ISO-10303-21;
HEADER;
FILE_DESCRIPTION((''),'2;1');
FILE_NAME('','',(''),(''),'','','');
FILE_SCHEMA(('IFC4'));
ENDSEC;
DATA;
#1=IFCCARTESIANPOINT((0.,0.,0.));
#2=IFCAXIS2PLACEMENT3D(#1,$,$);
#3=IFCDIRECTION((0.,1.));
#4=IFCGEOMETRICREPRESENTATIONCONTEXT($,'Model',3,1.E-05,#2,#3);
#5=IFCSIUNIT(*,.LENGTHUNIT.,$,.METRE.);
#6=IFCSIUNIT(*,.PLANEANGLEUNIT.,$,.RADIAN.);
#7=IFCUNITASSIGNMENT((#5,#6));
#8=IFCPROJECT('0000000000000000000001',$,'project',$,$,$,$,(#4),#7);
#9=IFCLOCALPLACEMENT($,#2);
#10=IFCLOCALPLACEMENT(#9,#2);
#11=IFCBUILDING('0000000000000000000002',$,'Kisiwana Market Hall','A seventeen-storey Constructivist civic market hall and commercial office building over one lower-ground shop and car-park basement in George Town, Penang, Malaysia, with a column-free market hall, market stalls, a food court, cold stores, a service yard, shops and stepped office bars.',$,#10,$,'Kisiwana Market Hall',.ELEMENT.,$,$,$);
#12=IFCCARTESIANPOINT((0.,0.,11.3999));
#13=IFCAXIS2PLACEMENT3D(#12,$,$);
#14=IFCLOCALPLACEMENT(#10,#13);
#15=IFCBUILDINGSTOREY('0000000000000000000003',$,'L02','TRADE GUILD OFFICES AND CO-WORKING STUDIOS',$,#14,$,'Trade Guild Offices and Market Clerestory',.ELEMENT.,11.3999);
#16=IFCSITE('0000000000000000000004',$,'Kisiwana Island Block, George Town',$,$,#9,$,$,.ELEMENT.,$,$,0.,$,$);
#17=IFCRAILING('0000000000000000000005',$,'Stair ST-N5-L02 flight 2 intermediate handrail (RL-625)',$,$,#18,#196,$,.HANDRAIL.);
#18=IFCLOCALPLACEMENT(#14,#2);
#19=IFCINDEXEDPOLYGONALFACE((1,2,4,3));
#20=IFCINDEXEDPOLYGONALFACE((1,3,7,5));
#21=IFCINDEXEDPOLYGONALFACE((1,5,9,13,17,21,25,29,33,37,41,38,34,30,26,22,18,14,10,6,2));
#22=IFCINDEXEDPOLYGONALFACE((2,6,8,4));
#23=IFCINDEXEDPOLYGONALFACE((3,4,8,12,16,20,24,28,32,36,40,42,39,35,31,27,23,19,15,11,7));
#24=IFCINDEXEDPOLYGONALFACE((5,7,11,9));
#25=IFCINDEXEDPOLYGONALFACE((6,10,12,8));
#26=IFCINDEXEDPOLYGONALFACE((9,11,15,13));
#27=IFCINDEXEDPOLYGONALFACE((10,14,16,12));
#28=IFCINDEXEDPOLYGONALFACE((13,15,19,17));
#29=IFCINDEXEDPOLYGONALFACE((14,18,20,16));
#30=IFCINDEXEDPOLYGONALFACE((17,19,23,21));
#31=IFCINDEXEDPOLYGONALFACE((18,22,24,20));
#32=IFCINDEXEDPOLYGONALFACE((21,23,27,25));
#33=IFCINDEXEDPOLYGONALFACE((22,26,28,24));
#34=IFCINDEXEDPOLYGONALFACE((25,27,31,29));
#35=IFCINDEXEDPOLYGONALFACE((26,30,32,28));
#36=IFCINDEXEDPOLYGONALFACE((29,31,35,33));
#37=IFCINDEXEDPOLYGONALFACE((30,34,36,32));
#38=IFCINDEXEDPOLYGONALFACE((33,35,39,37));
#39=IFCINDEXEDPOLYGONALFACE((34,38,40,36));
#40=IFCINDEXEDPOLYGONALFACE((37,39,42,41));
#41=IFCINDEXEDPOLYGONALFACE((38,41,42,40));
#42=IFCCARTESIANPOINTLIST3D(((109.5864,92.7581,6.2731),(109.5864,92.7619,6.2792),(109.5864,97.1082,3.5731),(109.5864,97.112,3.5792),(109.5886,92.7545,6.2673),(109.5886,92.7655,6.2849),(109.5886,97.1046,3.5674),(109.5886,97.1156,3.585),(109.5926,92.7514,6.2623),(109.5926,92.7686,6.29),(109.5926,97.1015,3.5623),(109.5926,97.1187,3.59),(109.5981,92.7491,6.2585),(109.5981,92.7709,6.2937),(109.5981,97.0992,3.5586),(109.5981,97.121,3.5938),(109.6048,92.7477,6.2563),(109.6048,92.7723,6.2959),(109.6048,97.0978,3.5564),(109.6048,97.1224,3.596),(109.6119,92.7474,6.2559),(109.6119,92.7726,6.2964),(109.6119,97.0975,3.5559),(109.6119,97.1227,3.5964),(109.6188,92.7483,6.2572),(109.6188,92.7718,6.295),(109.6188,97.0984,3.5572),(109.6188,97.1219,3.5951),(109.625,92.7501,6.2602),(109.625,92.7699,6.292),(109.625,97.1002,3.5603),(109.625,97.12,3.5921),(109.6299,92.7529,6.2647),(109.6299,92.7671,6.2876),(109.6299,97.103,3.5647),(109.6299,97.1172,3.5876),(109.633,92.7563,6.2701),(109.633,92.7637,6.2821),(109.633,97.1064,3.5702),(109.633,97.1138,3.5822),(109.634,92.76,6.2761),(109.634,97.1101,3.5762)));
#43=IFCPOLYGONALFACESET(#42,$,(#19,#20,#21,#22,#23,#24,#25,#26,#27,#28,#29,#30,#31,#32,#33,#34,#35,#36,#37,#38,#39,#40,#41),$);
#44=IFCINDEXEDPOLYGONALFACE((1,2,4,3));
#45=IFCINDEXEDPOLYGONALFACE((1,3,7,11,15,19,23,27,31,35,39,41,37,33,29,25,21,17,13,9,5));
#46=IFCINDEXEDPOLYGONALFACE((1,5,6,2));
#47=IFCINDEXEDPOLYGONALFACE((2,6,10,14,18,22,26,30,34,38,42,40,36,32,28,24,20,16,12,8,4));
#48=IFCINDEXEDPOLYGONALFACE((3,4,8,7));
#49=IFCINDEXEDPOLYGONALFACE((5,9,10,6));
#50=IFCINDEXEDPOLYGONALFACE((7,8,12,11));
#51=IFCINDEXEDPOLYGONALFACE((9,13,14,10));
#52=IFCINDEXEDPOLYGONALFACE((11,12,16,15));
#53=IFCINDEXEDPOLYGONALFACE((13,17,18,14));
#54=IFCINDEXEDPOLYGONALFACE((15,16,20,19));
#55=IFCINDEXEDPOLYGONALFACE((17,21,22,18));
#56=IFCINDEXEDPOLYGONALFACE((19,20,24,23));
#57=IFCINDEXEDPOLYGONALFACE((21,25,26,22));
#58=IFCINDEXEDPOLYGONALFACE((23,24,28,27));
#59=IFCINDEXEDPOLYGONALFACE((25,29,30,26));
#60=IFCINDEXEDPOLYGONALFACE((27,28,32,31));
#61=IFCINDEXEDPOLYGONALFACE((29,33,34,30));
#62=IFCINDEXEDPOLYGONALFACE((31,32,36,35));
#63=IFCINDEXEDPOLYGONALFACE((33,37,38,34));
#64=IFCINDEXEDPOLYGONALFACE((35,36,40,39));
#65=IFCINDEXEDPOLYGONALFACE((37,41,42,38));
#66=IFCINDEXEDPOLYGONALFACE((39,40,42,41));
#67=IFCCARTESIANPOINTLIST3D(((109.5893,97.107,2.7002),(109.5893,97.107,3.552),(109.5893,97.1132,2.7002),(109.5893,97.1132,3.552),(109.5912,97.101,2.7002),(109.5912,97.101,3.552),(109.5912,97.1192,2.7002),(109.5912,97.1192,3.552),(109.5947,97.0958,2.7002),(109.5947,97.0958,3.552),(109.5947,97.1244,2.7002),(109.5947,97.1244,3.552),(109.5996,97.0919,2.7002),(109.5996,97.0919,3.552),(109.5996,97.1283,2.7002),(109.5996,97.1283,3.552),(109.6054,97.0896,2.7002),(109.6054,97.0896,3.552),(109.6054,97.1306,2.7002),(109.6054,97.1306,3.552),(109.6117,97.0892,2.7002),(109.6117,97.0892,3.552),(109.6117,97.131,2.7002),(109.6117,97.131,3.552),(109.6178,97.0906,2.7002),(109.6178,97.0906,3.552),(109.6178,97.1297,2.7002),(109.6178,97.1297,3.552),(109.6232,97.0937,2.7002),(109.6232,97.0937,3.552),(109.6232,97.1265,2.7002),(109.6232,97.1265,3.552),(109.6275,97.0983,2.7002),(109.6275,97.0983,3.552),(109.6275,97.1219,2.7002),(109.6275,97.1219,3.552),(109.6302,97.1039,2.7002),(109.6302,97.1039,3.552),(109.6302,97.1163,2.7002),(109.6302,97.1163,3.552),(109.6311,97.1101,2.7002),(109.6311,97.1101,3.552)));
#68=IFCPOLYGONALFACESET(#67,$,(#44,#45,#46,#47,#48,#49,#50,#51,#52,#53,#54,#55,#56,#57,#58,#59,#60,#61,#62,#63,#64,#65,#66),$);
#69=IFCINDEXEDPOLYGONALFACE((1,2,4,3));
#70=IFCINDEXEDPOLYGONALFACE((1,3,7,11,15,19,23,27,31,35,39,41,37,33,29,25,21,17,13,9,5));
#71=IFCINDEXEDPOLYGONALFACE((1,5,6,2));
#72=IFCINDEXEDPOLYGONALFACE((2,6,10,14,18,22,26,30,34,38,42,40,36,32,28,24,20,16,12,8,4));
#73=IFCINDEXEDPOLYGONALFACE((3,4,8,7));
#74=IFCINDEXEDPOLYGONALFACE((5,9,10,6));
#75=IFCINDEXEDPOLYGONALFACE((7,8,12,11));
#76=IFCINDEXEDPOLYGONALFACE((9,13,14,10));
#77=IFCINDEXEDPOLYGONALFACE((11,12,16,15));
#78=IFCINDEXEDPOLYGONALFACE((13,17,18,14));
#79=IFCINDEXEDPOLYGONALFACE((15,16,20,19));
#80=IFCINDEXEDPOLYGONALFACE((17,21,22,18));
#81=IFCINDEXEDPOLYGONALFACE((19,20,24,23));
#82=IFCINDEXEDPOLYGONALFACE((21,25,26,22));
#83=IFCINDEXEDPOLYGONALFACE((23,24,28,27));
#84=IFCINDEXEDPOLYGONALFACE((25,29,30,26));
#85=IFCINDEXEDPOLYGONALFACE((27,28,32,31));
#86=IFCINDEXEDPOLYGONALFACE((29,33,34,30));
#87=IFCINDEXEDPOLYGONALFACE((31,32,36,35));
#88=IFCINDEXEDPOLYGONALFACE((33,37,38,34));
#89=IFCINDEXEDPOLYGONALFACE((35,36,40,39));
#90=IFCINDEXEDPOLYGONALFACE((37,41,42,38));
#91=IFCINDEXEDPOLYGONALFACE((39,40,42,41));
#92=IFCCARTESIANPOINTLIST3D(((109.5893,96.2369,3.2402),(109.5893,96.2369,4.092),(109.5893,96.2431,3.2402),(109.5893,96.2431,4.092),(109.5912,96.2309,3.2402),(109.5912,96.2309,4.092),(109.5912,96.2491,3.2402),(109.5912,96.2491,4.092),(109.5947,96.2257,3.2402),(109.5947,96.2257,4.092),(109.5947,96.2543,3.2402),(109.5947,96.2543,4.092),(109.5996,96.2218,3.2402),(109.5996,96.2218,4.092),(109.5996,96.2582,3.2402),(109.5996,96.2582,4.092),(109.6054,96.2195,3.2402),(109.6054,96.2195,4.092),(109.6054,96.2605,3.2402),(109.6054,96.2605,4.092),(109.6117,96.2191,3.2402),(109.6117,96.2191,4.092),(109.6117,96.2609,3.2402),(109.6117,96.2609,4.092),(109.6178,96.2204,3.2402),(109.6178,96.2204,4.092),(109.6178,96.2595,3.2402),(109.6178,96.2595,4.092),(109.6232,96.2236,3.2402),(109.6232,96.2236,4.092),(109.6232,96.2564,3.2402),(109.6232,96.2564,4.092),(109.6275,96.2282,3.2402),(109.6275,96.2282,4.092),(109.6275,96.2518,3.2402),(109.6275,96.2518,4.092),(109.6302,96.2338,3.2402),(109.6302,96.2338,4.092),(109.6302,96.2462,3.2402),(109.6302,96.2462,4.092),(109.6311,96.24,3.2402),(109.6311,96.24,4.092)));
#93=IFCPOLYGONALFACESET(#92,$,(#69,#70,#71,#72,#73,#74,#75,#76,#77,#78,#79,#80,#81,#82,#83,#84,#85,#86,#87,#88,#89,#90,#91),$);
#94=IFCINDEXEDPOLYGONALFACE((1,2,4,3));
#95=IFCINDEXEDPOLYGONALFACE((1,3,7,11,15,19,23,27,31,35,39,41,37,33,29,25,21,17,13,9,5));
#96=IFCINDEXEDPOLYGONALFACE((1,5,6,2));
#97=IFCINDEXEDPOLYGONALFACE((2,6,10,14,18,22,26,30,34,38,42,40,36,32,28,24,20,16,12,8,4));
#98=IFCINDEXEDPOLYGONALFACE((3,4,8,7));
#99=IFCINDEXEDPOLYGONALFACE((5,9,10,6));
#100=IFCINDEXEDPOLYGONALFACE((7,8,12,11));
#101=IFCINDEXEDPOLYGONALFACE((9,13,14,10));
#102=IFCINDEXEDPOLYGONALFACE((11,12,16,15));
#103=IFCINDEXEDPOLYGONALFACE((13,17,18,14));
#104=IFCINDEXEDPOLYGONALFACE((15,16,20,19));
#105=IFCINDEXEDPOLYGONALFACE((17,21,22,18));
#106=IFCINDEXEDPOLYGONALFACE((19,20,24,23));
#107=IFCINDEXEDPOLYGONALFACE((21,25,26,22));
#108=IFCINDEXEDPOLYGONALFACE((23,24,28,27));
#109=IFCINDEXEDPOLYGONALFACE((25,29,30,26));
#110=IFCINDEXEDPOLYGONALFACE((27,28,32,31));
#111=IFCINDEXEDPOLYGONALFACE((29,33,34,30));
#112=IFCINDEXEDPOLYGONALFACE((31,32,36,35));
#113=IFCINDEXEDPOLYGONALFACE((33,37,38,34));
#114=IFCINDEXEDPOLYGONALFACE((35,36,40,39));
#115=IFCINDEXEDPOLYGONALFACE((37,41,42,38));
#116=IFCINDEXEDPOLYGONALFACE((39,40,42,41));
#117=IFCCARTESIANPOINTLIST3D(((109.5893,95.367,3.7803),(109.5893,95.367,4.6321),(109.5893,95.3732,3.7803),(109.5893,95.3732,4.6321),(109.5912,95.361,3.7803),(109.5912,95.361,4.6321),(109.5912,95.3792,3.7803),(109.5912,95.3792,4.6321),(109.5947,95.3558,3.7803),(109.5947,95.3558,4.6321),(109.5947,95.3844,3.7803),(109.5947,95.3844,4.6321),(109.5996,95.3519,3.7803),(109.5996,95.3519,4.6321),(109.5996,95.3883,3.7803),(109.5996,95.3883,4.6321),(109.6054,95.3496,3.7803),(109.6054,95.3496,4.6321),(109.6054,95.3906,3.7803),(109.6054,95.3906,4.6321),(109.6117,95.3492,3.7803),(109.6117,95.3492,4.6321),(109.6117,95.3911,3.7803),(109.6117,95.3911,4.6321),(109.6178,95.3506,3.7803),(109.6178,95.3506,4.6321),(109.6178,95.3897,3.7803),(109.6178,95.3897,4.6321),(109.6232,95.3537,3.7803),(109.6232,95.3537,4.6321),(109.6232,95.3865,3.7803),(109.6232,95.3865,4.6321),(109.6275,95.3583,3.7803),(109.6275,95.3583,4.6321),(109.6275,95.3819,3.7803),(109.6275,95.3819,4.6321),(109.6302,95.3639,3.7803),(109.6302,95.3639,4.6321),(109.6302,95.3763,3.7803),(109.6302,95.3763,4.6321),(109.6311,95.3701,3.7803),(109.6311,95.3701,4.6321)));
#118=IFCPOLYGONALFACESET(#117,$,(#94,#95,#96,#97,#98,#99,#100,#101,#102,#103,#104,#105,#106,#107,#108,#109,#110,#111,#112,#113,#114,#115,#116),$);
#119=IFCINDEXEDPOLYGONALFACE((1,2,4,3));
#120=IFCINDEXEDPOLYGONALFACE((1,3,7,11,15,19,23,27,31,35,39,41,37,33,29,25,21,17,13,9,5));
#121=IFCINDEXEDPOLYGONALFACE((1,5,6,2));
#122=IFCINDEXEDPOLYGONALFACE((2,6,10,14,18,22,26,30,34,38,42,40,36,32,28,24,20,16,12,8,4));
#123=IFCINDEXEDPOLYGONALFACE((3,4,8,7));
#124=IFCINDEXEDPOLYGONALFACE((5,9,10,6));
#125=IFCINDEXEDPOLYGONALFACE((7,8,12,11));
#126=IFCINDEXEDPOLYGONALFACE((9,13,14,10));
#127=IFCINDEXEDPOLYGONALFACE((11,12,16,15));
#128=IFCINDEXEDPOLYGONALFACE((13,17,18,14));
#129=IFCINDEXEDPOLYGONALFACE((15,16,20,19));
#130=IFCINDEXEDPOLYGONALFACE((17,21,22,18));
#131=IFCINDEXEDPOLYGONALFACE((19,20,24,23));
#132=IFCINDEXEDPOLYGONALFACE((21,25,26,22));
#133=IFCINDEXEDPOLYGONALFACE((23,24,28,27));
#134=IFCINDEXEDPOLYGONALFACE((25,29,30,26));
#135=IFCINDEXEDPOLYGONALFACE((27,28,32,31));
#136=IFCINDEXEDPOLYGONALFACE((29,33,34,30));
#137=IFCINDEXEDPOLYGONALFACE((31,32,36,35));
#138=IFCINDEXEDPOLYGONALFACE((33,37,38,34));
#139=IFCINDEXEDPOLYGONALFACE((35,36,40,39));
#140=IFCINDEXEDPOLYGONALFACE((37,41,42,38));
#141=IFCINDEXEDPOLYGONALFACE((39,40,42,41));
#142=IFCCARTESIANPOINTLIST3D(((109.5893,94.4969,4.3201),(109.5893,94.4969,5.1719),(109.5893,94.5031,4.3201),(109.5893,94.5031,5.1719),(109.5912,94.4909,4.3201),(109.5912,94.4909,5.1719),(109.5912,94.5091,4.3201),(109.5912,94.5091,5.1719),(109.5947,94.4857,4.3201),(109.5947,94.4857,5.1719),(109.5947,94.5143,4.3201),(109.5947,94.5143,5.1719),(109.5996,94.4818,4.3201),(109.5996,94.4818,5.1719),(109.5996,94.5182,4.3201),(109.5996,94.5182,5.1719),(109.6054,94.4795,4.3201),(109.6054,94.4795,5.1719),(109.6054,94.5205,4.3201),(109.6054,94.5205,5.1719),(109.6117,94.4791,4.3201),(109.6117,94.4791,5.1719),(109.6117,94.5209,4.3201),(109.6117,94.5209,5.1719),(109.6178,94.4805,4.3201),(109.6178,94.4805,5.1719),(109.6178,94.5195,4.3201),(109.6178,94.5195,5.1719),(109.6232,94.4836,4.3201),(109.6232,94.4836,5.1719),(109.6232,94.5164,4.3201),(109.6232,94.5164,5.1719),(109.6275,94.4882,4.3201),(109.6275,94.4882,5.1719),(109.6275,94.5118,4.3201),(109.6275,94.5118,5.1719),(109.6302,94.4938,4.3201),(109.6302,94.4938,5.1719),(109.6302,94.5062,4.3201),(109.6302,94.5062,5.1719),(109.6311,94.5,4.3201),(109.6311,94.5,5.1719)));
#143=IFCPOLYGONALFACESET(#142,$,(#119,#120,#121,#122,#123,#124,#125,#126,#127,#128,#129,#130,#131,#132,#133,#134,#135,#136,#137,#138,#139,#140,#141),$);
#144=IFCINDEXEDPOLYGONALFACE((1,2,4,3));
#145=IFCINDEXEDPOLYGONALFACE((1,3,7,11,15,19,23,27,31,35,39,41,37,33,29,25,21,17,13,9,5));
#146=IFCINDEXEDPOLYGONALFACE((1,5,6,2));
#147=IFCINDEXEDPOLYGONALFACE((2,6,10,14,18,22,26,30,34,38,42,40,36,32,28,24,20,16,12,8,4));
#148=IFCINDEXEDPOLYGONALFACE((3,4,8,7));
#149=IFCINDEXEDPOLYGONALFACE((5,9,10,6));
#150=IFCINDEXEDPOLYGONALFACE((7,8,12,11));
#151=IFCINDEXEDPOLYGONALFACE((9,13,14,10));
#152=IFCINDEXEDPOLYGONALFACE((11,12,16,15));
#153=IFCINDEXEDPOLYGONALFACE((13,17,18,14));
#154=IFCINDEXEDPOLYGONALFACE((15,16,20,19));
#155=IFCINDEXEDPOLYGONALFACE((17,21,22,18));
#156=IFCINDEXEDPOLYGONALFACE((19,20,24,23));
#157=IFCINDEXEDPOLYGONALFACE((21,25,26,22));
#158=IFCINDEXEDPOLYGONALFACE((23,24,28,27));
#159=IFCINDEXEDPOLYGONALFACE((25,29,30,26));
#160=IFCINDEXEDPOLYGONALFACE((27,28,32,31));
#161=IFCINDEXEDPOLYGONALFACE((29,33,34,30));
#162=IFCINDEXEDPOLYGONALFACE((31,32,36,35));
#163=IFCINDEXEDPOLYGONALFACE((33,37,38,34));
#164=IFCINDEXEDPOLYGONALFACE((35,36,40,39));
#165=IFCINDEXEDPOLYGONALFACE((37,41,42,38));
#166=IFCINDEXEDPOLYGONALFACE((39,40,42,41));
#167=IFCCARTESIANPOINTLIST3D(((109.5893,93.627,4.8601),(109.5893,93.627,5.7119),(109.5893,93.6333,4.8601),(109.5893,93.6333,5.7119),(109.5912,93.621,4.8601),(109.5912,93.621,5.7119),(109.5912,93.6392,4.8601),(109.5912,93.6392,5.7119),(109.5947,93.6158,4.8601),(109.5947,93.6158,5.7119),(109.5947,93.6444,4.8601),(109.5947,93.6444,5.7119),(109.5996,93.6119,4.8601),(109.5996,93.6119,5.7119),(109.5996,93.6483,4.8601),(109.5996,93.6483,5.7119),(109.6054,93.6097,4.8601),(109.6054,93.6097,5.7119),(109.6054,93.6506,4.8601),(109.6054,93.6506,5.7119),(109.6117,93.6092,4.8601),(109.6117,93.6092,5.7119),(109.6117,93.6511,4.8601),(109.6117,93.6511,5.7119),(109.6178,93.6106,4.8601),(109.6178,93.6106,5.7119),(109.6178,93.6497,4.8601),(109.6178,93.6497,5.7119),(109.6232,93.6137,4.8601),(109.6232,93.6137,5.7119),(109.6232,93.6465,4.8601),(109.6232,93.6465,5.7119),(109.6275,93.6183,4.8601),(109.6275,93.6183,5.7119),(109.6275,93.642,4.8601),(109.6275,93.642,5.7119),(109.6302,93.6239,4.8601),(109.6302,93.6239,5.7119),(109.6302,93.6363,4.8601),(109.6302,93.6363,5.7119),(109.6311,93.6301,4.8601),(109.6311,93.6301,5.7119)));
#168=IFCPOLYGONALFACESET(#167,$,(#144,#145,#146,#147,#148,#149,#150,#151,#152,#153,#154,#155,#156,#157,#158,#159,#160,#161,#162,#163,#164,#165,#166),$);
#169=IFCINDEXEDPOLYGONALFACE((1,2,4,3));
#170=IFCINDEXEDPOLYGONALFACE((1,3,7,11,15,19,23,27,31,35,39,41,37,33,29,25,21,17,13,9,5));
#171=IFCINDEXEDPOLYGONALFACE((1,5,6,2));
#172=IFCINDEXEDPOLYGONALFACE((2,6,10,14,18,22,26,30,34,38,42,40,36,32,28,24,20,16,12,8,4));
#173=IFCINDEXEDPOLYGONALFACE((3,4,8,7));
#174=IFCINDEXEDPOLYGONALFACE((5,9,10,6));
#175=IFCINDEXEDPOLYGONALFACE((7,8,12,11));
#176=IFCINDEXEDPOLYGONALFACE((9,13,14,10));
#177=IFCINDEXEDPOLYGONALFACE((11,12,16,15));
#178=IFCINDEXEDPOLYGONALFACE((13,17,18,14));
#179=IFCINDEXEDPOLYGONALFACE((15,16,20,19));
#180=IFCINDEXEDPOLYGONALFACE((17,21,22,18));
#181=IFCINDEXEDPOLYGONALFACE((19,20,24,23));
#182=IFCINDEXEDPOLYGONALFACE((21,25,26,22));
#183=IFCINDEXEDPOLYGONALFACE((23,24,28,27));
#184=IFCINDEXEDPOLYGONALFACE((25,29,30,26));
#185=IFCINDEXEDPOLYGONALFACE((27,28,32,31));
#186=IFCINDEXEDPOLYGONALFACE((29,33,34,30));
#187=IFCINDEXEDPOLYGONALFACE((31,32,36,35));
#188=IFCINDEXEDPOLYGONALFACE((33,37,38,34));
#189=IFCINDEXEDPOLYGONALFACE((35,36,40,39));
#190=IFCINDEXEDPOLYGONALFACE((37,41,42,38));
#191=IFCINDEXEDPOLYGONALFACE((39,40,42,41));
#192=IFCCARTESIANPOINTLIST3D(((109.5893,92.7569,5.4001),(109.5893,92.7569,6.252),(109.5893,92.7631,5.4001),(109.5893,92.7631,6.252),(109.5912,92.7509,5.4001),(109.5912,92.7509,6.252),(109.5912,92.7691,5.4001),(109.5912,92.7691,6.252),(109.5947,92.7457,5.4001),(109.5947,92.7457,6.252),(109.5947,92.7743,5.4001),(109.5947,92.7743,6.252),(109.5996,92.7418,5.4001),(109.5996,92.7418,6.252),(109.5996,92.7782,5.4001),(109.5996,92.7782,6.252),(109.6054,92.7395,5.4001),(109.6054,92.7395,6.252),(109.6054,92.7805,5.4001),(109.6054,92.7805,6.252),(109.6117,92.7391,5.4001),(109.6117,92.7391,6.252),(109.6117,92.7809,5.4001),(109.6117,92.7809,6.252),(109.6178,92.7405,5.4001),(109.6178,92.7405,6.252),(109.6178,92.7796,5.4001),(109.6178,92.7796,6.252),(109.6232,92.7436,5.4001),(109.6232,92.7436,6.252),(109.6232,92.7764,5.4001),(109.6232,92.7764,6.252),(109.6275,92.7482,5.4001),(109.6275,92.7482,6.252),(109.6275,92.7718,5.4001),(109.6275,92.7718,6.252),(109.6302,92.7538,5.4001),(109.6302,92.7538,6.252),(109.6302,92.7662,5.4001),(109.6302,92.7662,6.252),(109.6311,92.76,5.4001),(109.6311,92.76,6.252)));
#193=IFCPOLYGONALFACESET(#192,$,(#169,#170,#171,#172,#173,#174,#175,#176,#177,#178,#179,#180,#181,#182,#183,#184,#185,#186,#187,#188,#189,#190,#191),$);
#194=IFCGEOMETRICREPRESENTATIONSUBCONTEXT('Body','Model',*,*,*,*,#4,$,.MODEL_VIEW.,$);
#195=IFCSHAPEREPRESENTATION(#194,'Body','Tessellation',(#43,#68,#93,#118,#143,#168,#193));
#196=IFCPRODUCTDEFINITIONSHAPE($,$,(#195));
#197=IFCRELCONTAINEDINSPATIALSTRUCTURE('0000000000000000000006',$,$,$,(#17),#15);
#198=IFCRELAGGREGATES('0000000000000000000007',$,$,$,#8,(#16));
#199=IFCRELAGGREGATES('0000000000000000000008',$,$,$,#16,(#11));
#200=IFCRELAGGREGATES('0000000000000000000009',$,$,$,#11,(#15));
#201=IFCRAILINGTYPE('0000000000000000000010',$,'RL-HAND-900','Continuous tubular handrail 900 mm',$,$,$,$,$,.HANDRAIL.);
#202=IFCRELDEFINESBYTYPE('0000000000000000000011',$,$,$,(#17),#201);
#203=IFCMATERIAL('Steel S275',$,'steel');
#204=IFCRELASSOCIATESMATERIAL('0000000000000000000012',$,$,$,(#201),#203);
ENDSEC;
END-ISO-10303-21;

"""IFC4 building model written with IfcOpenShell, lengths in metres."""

from ifc_helpers import new_model, si_unit, direction, frame, origin, origin_2d, place, context, subcontext, project, spatial, circle, extrude, material, type_object, element, save


model = new_model("IFC4")

# Units and contexts
model_context = context("Model", 3, precision=1e-05, world=origin(), true_north=direction((0.0, 1.0)))
body_context = subcontext(model_context, "Body", "Model", "MODEL_VIEW")
ifc_project = project(units=[si_unit("LENGTHUNIT", "METRE"), si_unit("PLANEANGLEUNIT", "RADIAN")], contexts=[model_context])

# Site, building, storey
site_placement = place(None, origin())
site = spatial("IfcSite", under=ifc_project, at=site_placement, Name="Kisiwana Island Block, George Town", CompositionType="ELEMENT", RefElevation=0.0)
building_placement = place(site_placement, origin())
building = spatial("IfcBuilding", under=site, at=building_placement, Name="Kisiwana Market Hall", Description="A seventeen-storey Constructivist civic market hall and commercial office building over one lower-ground shop and car-park basement in George Town, Penang, Malaysia, with a column-free market hall, market stalls, a food court, cold stores, a service yard, shops and stepped office bars.", LongName="Kisiwana Market Hall", CompositionType="ELEMENT")
storey_placement = place(building_placement, frame((0.0, 0.0, 11.3999)))
storey = spatial("IfcBuildingStorey", under=building, at=storey_placement, Name="L02", Description="TRADE GUILD OFFICES AND CO-WORKING STUDIOS", LongName="Trade Guild Offices and Market Clerestory", CompositionType="ELEMENT", Elevation=11.3999)

# Railing
ifc_material_1 = material(Name="Steel S275", Category="steel")
railing_type_1 = type_object("IfcRailingType", Name="RL-HAND-900", Description="Continuous tubular handrail 900 mm", PredefinedType="HANDRAIL", material=ifc_material_1)
for number, where, name in (
    (1, (109.6101, 97.1101, 2.7002), "Stair ST-N5-L02 flight 2 intermediate handrail (RL-625)"),
):
    element("IfcRailing", number, at=place(storey_placement, frame(where)), inside=storey, type_object=railing_type_1, Name=name, PredefinedType="HANDRAIL", context=body_context, shape_type="SweptSolid", body=[
        extrude(circle(Radius=0.0239, at=origin_2d()), frame((0.0, 0.0, 0.876), z_axis=(0.0, -0.84965, 0.527347), x_axis=(1.0, 0.0, 0.0)), (0.0, 0.0, 1.0), 5.1199),
        extrude(circle(Radius=0.021, at=origin_2d()), origin(), (0.0, 0.0, 1.0), 0.8518),
        extrude(circle(Radius=0.021, at=origin_2d()), frame((0.0, -0.8701, 0.54)), (0.0, 0.0, 1.0), 0.8518),
        extrude(circle(Radius=0.021, at=origin_2d()), frame((0.0, -1.74, 1.0801)), (0.0, 0.0, 1.0), 0.8518),
        extrude(circle(Radius=0.021, at=origin_2d()), frame((0.0, -2.6101, 1.6199)), (0.0, 0.0, 1.0), 0.8518),
        extrude(circle(Radius=0.021, at=origin_2d()), frame((0.0, -3.48, 2.1599)), (0.0, 0.0, 1.0), 0.8518),
        extrude(circle(Radius=0.021, at=origin_2d()), frame((0.0, -4.3501, 2.7)), (0.0, 0.0, 1.0), 0.8518),
    ])

save(model, "model.ifc")
